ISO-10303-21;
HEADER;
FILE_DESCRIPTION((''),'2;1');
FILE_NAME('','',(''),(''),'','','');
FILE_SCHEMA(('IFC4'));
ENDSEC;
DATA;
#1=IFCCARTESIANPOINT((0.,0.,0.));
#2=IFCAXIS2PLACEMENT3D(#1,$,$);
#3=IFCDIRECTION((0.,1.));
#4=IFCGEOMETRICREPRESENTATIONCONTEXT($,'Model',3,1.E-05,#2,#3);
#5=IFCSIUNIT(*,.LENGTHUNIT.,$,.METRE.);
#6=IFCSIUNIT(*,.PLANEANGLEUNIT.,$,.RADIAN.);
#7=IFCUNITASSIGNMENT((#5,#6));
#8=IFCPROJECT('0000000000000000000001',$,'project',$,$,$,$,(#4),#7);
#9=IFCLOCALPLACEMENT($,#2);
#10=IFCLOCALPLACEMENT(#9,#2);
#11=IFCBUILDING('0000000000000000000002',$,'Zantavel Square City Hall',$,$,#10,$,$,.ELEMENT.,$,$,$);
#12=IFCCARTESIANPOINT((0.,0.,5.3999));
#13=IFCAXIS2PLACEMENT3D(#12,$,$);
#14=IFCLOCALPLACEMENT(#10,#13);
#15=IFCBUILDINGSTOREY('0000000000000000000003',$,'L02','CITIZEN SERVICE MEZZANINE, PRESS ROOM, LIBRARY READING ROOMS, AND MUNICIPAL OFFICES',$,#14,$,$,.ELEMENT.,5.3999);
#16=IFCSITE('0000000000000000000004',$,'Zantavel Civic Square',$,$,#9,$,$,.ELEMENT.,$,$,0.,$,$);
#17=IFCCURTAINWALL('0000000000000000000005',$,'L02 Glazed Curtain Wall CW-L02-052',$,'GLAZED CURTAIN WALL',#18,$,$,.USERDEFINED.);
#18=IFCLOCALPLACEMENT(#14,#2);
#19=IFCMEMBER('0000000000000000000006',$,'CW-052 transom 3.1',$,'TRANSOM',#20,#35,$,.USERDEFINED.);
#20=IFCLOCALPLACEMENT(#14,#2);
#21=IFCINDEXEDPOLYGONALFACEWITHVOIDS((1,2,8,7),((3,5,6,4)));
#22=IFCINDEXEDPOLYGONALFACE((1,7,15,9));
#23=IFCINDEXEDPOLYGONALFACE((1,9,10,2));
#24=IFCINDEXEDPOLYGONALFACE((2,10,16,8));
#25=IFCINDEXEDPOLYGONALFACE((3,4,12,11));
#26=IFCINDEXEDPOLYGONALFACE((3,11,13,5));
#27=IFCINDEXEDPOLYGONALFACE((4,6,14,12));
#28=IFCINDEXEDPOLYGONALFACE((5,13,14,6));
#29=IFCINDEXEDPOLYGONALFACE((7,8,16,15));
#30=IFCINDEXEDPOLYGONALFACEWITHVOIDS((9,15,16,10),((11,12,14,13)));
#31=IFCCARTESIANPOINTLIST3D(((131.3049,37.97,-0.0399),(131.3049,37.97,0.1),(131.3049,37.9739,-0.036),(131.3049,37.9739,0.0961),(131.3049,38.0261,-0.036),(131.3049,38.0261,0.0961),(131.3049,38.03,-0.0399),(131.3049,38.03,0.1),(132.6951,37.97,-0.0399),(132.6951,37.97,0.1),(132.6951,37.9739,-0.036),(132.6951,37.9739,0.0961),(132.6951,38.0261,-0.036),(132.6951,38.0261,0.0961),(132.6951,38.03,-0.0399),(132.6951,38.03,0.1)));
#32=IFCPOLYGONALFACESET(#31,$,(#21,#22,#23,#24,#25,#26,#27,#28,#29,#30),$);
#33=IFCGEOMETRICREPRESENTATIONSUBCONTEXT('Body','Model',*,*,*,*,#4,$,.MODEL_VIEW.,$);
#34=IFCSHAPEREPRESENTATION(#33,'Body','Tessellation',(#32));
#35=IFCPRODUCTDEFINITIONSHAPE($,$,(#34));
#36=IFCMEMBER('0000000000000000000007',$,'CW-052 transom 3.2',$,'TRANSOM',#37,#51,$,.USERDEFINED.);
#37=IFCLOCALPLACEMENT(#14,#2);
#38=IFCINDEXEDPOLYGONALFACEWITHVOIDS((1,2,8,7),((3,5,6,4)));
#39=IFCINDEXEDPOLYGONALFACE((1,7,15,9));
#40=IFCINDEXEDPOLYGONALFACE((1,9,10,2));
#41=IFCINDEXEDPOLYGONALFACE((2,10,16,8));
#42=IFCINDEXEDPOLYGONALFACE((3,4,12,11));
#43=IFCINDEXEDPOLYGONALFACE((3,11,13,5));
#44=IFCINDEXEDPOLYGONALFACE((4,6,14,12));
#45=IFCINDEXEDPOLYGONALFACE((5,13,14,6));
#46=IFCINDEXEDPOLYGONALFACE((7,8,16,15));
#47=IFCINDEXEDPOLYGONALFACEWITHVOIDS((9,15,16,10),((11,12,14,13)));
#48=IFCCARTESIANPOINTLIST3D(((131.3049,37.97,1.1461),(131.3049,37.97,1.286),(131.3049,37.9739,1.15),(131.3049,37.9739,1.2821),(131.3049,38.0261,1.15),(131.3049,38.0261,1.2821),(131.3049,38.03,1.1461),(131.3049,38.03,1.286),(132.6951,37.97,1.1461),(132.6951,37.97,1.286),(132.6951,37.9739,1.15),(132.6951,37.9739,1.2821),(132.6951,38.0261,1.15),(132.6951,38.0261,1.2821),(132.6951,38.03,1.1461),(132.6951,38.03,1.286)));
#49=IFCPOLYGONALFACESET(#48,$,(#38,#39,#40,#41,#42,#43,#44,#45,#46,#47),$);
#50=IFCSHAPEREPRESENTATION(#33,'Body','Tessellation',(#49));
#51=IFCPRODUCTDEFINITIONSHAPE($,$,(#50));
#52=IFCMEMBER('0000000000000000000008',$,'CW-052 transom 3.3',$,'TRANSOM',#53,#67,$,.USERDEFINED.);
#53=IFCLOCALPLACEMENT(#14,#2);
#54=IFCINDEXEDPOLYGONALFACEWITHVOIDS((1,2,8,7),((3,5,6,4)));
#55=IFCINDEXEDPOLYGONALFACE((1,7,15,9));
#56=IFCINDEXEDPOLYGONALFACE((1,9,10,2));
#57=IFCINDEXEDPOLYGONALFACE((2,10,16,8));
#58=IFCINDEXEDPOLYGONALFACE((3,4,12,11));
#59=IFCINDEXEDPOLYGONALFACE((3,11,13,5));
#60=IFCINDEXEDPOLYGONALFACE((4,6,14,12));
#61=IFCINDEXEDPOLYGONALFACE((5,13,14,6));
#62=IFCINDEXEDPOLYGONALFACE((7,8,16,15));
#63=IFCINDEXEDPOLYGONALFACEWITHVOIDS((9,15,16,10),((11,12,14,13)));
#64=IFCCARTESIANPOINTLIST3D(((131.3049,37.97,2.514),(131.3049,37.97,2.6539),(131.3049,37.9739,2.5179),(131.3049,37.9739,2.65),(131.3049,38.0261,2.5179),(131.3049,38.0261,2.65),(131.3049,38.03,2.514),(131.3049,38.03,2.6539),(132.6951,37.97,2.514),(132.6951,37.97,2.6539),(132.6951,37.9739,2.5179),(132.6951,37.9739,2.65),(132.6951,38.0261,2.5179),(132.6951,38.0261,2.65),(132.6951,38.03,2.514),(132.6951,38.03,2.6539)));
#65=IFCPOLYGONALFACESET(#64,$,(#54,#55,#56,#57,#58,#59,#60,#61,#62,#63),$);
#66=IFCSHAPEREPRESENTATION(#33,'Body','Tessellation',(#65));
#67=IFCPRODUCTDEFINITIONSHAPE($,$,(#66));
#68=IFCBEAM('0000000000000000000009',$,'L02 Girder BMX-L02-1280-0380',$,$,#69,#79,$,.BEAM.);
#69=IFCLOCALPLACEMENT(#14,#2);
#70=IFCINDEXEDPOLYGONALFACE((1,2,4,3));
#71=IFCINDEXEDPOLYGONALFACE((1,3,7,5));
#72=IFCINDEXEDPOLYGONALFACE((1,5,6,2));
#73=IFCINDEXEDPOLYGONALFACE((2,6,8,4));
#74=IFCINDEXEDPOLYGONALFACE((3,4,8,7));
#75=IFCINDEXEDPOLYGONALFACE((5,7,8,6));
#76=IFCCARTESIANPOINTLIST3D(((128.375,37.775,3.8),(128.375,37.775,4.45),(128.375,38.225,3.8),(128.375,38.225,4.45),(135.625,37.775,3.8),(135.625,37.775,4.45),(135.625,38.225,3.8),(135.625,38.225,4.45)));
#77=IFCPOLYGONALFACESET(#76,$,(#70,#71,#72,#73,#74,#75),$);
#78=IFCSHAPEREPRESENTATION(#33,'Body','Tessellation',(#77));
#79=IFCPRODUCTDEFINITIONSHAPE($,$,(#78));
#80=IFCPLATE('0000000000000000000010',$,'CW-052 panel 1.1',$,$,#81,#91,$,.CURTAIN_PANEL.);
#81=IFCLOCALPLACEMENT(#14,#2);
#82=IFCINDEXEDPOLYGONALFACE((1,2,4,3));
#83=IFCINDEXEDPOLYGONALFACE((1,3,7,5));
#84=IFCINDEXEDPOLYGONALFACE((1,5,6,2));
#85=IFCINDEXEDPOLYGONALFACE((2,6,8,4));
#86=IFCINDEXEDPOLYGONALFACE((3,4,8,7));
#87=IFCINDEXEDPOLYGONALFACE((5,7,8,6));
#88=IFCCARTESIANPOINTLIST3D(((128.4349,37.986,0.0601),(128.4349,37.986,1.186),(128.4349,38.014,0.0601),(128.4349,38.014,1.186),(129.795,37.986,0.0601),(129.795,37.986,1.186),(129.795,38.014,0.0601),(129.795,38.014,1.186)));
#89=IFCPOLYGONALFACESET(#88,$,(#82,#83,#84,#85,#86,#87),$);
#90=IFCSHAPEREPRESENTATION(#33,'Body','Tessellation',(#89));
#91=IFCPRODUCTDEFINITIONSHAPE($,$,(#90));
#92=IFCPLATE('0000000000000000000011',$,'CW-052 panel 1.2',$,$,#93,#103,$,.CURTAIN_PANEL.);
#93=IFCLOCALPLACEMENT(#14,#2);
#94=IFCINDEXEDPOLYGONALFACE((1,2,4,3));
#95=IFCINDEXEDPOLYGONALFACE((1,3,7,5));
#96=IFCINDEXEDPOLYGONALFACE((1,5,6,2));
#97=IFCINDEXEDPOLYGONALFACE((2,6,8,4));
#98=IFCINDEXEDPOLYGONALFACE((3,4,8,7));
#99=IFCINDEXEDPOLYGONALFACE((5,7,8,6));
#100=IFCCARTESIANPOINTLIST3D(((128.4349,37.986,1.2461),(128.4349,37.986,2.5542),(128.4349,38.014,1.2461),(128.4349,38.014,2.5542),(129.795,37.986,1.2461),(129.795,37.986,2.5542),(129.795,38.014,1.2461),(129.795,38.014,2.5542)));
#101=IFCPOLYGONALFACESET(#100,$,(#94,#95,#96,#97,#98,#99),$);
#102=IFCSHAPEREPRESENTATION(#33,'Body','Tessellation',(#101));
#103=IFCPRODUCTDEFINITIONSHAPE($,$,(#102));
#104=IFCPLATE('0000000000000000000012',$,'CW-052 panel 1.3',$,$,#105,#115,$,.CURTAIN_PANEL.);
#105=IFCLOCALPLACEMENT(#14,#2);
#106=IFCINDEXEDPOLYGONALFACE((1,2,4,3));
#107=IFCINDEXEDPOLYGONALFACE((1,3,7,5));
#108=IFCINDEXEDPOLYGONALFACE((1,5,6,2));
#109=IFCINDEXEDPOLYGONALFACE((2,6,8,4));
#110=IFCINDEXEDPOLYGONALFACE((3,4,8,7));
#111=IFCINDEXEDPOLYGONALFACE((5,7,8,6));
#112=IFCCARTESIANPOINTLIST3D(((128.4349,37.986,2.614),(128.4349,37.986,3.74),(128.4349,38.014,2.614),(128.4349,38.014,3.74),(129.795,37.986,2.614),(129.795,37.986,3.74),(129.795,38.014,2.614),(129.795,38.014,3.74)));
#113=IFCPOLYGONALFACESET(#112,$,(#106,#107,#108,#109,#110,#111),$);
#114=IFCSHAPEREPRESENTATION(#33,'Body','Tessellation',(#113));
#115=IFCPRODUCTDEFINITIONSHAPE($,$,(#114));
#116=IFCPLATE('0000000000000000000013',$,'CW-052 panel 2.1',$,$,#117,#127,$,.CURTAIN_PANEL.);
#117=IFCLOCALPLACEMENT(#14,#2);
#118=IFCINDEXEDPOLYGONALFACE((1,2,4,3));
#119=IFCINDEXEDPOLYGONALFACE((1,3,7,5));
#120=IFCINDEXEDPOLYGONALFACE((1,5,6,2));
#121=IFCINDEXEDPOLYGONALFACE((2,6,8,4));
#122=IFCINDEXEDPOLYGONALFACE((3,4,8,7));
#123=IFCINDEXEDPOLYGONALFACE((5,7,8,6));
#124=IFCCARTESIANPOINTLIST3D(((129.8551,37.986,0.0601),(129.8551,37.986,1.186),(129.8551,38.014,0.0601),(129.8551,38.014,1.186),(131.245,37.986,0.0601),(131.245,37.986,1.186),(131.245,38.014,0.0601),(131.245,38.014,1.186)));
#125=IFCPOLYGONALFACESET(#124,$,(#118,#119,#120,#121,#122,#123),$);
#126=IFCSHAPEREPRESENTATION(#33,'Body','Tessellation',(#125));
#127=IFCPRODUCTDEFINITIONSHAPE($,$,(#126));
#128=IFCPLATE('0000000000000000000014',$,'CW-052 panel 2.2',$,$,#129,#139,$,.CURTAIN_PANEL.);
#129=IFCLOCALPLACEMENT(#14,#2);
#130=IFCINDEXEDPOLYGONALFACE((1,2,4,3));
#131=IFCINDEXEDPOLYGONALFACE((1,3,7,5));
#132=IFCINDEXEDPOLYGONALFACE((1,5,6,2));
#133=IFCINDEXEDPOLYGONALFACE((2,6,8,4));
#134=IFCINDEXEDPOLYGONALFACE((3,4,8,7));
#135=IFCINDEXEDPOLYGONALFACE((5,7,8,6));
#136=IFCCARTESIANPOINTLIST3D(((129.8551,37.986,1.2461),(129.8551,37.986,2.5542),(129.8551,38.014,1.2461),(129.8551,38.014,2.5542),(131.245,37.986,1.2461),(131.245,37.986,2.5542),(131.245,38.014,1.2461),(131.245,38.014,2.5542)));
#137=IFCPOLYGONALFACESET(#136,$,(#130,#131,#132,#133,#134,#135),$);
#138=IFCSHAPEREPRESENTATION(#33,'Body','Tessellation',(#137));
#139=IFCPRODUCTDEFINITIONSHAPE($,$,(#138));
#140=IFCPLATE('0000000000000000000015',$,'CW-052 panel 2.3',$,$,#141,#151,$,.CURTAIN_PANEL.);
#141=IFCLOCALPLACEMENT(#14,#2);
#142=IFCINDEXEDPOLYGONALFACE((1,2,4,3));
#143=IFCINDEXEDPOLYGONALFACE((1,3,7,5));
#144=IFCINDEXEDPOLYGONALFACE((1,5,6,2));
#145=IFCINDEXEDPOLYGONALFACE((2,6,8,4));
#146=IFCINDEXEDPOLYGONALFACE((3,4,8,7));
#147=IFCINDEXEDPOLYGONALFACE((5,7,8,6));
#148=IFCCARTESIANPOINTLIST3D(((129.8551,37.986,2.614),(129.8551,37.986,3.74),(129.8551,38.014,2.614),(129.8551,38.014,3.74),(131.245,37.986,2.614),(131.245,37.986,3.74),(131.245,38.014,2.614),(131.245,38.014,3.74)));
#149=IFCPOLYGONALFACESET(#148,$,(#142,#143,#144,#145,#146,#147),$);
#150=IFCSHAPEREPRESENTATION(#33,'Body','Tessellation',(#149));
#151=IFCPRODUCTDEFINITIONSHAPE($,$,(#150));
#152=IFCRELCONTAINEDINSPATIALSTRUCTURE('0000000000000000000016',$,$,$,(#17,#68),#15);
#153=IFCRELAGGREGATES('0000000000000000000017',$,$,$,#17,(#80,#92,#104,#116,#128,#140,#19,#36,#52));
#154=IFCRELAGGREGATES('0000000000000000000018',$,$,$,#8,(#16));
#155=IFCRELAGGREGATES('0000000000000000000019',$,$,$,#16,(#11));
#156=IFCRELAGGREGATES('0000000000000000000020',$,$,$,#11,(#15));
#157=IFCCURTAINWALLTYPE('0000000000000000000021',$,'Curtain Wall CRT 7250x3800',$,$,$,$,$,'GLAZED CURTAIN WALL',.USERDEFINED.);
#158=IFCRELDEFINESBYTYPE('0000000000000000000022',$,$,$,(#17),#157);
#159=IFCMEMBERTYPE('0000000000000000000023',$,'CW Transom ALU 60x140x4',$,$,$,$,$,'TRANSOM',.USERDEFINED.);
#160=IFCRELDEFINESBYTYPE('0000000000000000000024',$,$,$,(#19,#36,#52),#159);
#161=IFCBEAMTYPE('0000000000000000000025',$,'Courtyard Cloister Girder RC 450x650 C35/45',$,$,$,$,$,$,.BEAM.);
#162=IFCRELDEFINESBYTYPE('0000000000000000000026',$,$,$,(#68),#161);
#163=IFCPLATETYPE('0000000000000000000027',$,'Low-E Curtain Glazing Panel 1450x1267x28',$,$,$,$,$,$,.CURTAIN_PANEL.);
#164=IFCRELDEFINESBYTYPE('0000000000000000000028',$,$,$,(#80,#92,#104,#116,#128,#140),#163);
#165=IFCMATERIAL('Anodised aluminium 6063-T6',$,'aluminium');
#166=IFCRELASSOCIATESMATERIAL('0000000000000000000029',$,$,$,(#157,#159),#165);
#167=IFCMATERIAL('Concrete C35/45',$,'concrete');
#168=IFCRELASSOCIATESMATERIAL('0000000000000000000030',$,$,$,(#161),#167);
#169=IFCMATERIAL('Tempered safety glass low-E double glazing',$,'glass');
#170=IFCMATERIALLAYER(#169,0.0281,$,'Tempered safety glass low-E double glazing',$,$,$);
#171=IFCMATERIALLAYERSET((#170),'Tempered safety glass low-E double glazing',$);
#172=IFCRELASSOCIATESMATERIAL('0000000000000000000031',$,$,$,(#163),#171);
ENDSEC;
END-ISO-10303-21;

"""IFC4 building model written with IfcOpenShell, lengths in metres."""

from ifc_helpers import new_model, si_unit, direction, frame, origin, origin_2d, place, context, subcontext, project, spatial, rectangle, hollow_rectangle, extrude, material, layer, layer_set, material_profile, profile_set, type_object, element, aggregate, save


model = new_model("IFC4")

# Units and contexts
model_context = context("Model", 3, precision=1e-05, world=origin(), true_north=direction((0.0, 1.0)))
body_context = subcontext(model_context, "Body", "Model", "MODEL_VIEW")
ifc_project = project(units=[si_unit("LENGTHUNIT", "METRE"), si_unit("PLANEANGLEUNIT", "RADIAN")], contexts=[model_context])

# Site, building, storey
site_placement = place(None, origin())
site = spatial("IfcSite", under=ifc_project, at=site_placement, Name="Zantavel Civic Square", CompositionType="ELEMENT", RefElevation=0.0)
building_placement = place(site_placement, origin())
building = spatial("IfcBuilding", under=site, at=building_placement, Name="Zantavel Square City Hall", CompositionType="ELEMENT")
storey_placement = place(building_placement, frame((0.0, 0.0, 5.3999)))
storey = spatial("IfcBuildingStorey", under=building, at=storey_placement, Name="L02", Description="CITIZEN SERVICE MEZZANINE, PRESS ROOM, LIBRARY READING ROOMS, AND MUNICIPAL OFFICES", CompositionType="ELEMENT", Elevation=5.3999)

# Curtain wall, members
ifc_material_1 = material(Name="Anodised aluminium 6063-T6", Category="aluminium")
curtain_wall_type = type_object("IfcCurtainWallType", Name="Curtain Wall CRT 7250x3800", ElementType="GLAZED CURTAIN WALL", PredefinedType="USERDEFINED", material=ifc_material_1)
curtain_wall_placement = place(storey_placement, origin())
curtain_wall = element("IfcCurtainWall", 1, at=curtain_wall_placement, inside=storey, type_object=curtain_wall_type, Name="L02 Glazed Curtain Wall CW-L02-052", ObjectType="GLAZED CURTAIN WALL", PredefinedType="USERDEFINED")
ifc_material_profile_1 = material_profile(ifc_material_1, hollow_rectangle(XDim=0.0601, YDim=0.1399, WallThickness=0.0039, at=origin_2d()), Name="ALU 60x140x4")
ifc_profile_set_1 = profile_set([ifc_material_profile_1], Name="Anodised aluminium 6063-T6")
member_type_1 = type_object("IfcMemberType", Name="CW Transom ALU 60x140x4", ElementType="TRANSOM", PredefinedType="USERDEFINED", material=ifc_profile_set_1)
member_1_placement = place(storey_placement, frame((131.3049, 38.0, 0.03), z_axis=(1.0, 0.0, 0.0), x_axis=(0.0, 1.0, 0.0)))
member_1 = element("IfcMember", 2, at=member_1_placement, type_object=member_type_1, Name="CW-052 transom 3.1", ObjectType="TRANSOM", PredefinedType="USERDEFINED", context=body_context, shape_type="SweptSolid", body=[
    extrude(hollow_rectangle(XDim=0.0601, YDim=0.1399, WallThickness=0.0039, at=origin_2d()), origin(), (0.0, 0.0, 1.0), 1.3901),
])
member_2_placement = place(storey_placement, frame((131.3049, 38.0, 1.2161), z_axis=(1.0, 0.0, 0.0), x_axis=(0.0, 1.0, 0.0)))
member_2 = element("IfcMember", 3, at=member_2_placement, type_object=member_type_1, Name="CW-052 transom 3.2", ObjectType="TRANSOM", PredefinedType="USERDEFINED", context=body_context, shape_type="SweptSolid", body=[
    extrude(hollow_rectangle(XDim=0.0601, YDim=0.1399, WallThickness=0.0039, at=origin_2d()), origin(), (0.0, 0.0, 1.0), 1.3901),
])
member_3_placement = place(storey_placement, frame((131.3049, 38.0, 2.584), z_axis=(1.0, 0.0, 0.0), x_axis=(0.0, 1.0, 0.0)))
member_3 = element("IfcMember", 4, at=member_3_placement, type_object=member_type_1, Name="CW-052 transom 3.3", ObjectType="TRANSOM", PredefinedType="USERDEFINED", context=body_context, shape_type="SweptSolid", body=[
    extrude(hollow_rectangle(XDim=0.0601, YDim=0.1399, WallThickness=0.0039, at=origin_2d()), origin(), (0.0, 0.0, 1.0), 1.3901),
])

# Beam
ifc_material_2 = material(Name="Concrete C35/45", Category="concrete")
ifc_material_profile_2 = material_profile(ifc_material_2, rectangle(XDim=0.45, YDim=0.6499, at=origin_2d()), Name="RC 450x650")
ifc_profile_set_2 = profile_set([ifc_material_profile_2], Name="Concrete C35/45")
beam_type = type_object("IfcBeamType", Name="Courtyard Cloister Girder RC 450x650 C35/45", PredefinedType="BEAM", material=ifc_profile_set_2)
beam_placement = place(storey_placement, frame((128.375, 38.0, 4.125), z_axis=(1.0, 0.0, 0.0), x_axis=(0.0, 1.0, 0.0)))
element("IfcBeam", 5, at=beam_placement, inside=storey, type_object=beam_type, Name="L02 Girder BMX-L02-1280-0380", PredefinedType="BEAM", context=body_context, shape_type="SweptSolid", body=[
    extrude(rectangle(XDim=0.45, YDim=0.6499, at=origin_2d()), origin(), (0.0, 0.0, 1.0), 7.25),
])

# Plates
ifc_material_3 = material(Name="Tempered safety glass low-E double glazing", Category="glass")
ifc_layer = layer(ifc_material_3, 0.0281, Name="Tempered safety glass low-E double glazing")
ifc_layer_set = layer_set([ifc_layer], Name="Tempered safety glass low-E double glazing")
plate_type = type_object("IfcPlateType", Name="Low-E Curtain Glazing Panel 1450x1267x28", PredefinedType="CURTAIN_PANEL", material=ifc_layer_set)
plate_1_placement = place(storey_placement, frame((129.115, 38.0, 0.0601), z_axis=(0.0, 0.0, 1.0), x_axis=(1.0, 0.0, 0.0)))
plate_1 = element("IfcPlate", 6, at=plate_1_placement, type_object=plate_type, Name="CW-052 panel 1.1", PredefinedType="CURTAIN_PANEL", context=body_context, shape_type="SweptSolid", body=[
    extrude(rectangle(XDim=1.3601, YDim=0.0281, at=origin_2d()), origin(), (0.0, 0.0, 1.0), 1.126),
])
plate_2_placement = place(storey_placement, frame((129.115, 38.0, 1.2461), z_axis=(0.0, 0.0, 1.0), x_axis=(1.0, 0.0, 0.0)))
plate_2 = element("IfcPlate", 7, at=plate_2_placement, type_object=plate_type, Name="CW-052 panel 1.2", PredefinedType="CURTAIN_PANEL", context=body_context, shape_type="SweptSolid", body=[
    extrude(rectangle(XDim=1.3601, YDim=0.0281, at=origin_2d()), origin(), (0.0, 0.0, 1.0), 1.3081),
])
plate_3_placement = place(storey_placement, frame((129.115, 38.0, 2.614), z_axis=(0.0, 0.0, 1.0), x_axis=(1.0, 0.0, 0.0)))
plate_3 = element("IfcPlate", 8, at=plate_3_placement, type_object=plate_type, Name="CW-052 panel 1.3", PredefinedType="CURTAIN_PANEL", context=body_context, shape_type="SweptSolid", body=[
    extrude(rectangle(XDim=1.3601, YDim=0.0281, at=origin_2d()), origin(), (0.0, 0.0, 1.0), 1.126),
])
plate_4_placement = place(storey_placement, frame((130.55, 38.0, 0.0601), z_axis=(0.0, 0.0, 1.0), x_axis=(1.0, 0.0, 0.0)))
plate_4 = element("IfcPlate", 9, at=plate_4_placement, type_object=plate_type, Name="CW-052 panel 2.1", PredefinedType="CURTAIN_PANEL", context=body_context, shape_type="SweptSolid", body=[
    extrude(rectangle(XDim=1.3899, YDim=0.0281, at=origin_2d()), origin(), (0.0, 0.0, 1.0), 1.126),
])
plate_5_placement = place(storey_placement, frame((130.55, 38.0, 1.2461), z_axis=(0.0, 0.0, 1.0), x_axis=(1.0, 0.0, 0.0)))
plate_5 = element("IfcPlate", 10, at=plate_5_placement, type_object=plate_type, Name="CW-052 panel 2.2", PredefinedType="CURTAIN_PANEL", context=body_context, shape_type="SweptSolid", body=[
    extrude(rectangle(XDim=1.3899, YDim=0.0281, at=origin_2d()), origin(), (0.0, 0.0, 1.0), 1.3081),
])
plate_6_placement = place(storey_placement, frame((130.55, 38.0, 2.614), z_axis=(0.0, 0.0, 1.0), x_axis=(1.0, 0.0, 0.0)))
plate_6 = element("IfcPlate", 11, at=plate_6_placement, type_object=plate_type, Name="CW-052 panel 2.3", PredefinedType="CURTAIN_PANEL", context=body_context, shape_type="SweptSolid", body=[
    extrude(rectangle(XDim=1.3899, YDim=0.0281, at=origin_2d()), origin(), (0.0, 0.0, 1.0), 1.126),
])
aggregate(curtain_wall, [plate_1, plate_2, plate_3, plate_4, plate_5, plate_6, member_1, member_2, member_3])

save(model, "model.ifc")
